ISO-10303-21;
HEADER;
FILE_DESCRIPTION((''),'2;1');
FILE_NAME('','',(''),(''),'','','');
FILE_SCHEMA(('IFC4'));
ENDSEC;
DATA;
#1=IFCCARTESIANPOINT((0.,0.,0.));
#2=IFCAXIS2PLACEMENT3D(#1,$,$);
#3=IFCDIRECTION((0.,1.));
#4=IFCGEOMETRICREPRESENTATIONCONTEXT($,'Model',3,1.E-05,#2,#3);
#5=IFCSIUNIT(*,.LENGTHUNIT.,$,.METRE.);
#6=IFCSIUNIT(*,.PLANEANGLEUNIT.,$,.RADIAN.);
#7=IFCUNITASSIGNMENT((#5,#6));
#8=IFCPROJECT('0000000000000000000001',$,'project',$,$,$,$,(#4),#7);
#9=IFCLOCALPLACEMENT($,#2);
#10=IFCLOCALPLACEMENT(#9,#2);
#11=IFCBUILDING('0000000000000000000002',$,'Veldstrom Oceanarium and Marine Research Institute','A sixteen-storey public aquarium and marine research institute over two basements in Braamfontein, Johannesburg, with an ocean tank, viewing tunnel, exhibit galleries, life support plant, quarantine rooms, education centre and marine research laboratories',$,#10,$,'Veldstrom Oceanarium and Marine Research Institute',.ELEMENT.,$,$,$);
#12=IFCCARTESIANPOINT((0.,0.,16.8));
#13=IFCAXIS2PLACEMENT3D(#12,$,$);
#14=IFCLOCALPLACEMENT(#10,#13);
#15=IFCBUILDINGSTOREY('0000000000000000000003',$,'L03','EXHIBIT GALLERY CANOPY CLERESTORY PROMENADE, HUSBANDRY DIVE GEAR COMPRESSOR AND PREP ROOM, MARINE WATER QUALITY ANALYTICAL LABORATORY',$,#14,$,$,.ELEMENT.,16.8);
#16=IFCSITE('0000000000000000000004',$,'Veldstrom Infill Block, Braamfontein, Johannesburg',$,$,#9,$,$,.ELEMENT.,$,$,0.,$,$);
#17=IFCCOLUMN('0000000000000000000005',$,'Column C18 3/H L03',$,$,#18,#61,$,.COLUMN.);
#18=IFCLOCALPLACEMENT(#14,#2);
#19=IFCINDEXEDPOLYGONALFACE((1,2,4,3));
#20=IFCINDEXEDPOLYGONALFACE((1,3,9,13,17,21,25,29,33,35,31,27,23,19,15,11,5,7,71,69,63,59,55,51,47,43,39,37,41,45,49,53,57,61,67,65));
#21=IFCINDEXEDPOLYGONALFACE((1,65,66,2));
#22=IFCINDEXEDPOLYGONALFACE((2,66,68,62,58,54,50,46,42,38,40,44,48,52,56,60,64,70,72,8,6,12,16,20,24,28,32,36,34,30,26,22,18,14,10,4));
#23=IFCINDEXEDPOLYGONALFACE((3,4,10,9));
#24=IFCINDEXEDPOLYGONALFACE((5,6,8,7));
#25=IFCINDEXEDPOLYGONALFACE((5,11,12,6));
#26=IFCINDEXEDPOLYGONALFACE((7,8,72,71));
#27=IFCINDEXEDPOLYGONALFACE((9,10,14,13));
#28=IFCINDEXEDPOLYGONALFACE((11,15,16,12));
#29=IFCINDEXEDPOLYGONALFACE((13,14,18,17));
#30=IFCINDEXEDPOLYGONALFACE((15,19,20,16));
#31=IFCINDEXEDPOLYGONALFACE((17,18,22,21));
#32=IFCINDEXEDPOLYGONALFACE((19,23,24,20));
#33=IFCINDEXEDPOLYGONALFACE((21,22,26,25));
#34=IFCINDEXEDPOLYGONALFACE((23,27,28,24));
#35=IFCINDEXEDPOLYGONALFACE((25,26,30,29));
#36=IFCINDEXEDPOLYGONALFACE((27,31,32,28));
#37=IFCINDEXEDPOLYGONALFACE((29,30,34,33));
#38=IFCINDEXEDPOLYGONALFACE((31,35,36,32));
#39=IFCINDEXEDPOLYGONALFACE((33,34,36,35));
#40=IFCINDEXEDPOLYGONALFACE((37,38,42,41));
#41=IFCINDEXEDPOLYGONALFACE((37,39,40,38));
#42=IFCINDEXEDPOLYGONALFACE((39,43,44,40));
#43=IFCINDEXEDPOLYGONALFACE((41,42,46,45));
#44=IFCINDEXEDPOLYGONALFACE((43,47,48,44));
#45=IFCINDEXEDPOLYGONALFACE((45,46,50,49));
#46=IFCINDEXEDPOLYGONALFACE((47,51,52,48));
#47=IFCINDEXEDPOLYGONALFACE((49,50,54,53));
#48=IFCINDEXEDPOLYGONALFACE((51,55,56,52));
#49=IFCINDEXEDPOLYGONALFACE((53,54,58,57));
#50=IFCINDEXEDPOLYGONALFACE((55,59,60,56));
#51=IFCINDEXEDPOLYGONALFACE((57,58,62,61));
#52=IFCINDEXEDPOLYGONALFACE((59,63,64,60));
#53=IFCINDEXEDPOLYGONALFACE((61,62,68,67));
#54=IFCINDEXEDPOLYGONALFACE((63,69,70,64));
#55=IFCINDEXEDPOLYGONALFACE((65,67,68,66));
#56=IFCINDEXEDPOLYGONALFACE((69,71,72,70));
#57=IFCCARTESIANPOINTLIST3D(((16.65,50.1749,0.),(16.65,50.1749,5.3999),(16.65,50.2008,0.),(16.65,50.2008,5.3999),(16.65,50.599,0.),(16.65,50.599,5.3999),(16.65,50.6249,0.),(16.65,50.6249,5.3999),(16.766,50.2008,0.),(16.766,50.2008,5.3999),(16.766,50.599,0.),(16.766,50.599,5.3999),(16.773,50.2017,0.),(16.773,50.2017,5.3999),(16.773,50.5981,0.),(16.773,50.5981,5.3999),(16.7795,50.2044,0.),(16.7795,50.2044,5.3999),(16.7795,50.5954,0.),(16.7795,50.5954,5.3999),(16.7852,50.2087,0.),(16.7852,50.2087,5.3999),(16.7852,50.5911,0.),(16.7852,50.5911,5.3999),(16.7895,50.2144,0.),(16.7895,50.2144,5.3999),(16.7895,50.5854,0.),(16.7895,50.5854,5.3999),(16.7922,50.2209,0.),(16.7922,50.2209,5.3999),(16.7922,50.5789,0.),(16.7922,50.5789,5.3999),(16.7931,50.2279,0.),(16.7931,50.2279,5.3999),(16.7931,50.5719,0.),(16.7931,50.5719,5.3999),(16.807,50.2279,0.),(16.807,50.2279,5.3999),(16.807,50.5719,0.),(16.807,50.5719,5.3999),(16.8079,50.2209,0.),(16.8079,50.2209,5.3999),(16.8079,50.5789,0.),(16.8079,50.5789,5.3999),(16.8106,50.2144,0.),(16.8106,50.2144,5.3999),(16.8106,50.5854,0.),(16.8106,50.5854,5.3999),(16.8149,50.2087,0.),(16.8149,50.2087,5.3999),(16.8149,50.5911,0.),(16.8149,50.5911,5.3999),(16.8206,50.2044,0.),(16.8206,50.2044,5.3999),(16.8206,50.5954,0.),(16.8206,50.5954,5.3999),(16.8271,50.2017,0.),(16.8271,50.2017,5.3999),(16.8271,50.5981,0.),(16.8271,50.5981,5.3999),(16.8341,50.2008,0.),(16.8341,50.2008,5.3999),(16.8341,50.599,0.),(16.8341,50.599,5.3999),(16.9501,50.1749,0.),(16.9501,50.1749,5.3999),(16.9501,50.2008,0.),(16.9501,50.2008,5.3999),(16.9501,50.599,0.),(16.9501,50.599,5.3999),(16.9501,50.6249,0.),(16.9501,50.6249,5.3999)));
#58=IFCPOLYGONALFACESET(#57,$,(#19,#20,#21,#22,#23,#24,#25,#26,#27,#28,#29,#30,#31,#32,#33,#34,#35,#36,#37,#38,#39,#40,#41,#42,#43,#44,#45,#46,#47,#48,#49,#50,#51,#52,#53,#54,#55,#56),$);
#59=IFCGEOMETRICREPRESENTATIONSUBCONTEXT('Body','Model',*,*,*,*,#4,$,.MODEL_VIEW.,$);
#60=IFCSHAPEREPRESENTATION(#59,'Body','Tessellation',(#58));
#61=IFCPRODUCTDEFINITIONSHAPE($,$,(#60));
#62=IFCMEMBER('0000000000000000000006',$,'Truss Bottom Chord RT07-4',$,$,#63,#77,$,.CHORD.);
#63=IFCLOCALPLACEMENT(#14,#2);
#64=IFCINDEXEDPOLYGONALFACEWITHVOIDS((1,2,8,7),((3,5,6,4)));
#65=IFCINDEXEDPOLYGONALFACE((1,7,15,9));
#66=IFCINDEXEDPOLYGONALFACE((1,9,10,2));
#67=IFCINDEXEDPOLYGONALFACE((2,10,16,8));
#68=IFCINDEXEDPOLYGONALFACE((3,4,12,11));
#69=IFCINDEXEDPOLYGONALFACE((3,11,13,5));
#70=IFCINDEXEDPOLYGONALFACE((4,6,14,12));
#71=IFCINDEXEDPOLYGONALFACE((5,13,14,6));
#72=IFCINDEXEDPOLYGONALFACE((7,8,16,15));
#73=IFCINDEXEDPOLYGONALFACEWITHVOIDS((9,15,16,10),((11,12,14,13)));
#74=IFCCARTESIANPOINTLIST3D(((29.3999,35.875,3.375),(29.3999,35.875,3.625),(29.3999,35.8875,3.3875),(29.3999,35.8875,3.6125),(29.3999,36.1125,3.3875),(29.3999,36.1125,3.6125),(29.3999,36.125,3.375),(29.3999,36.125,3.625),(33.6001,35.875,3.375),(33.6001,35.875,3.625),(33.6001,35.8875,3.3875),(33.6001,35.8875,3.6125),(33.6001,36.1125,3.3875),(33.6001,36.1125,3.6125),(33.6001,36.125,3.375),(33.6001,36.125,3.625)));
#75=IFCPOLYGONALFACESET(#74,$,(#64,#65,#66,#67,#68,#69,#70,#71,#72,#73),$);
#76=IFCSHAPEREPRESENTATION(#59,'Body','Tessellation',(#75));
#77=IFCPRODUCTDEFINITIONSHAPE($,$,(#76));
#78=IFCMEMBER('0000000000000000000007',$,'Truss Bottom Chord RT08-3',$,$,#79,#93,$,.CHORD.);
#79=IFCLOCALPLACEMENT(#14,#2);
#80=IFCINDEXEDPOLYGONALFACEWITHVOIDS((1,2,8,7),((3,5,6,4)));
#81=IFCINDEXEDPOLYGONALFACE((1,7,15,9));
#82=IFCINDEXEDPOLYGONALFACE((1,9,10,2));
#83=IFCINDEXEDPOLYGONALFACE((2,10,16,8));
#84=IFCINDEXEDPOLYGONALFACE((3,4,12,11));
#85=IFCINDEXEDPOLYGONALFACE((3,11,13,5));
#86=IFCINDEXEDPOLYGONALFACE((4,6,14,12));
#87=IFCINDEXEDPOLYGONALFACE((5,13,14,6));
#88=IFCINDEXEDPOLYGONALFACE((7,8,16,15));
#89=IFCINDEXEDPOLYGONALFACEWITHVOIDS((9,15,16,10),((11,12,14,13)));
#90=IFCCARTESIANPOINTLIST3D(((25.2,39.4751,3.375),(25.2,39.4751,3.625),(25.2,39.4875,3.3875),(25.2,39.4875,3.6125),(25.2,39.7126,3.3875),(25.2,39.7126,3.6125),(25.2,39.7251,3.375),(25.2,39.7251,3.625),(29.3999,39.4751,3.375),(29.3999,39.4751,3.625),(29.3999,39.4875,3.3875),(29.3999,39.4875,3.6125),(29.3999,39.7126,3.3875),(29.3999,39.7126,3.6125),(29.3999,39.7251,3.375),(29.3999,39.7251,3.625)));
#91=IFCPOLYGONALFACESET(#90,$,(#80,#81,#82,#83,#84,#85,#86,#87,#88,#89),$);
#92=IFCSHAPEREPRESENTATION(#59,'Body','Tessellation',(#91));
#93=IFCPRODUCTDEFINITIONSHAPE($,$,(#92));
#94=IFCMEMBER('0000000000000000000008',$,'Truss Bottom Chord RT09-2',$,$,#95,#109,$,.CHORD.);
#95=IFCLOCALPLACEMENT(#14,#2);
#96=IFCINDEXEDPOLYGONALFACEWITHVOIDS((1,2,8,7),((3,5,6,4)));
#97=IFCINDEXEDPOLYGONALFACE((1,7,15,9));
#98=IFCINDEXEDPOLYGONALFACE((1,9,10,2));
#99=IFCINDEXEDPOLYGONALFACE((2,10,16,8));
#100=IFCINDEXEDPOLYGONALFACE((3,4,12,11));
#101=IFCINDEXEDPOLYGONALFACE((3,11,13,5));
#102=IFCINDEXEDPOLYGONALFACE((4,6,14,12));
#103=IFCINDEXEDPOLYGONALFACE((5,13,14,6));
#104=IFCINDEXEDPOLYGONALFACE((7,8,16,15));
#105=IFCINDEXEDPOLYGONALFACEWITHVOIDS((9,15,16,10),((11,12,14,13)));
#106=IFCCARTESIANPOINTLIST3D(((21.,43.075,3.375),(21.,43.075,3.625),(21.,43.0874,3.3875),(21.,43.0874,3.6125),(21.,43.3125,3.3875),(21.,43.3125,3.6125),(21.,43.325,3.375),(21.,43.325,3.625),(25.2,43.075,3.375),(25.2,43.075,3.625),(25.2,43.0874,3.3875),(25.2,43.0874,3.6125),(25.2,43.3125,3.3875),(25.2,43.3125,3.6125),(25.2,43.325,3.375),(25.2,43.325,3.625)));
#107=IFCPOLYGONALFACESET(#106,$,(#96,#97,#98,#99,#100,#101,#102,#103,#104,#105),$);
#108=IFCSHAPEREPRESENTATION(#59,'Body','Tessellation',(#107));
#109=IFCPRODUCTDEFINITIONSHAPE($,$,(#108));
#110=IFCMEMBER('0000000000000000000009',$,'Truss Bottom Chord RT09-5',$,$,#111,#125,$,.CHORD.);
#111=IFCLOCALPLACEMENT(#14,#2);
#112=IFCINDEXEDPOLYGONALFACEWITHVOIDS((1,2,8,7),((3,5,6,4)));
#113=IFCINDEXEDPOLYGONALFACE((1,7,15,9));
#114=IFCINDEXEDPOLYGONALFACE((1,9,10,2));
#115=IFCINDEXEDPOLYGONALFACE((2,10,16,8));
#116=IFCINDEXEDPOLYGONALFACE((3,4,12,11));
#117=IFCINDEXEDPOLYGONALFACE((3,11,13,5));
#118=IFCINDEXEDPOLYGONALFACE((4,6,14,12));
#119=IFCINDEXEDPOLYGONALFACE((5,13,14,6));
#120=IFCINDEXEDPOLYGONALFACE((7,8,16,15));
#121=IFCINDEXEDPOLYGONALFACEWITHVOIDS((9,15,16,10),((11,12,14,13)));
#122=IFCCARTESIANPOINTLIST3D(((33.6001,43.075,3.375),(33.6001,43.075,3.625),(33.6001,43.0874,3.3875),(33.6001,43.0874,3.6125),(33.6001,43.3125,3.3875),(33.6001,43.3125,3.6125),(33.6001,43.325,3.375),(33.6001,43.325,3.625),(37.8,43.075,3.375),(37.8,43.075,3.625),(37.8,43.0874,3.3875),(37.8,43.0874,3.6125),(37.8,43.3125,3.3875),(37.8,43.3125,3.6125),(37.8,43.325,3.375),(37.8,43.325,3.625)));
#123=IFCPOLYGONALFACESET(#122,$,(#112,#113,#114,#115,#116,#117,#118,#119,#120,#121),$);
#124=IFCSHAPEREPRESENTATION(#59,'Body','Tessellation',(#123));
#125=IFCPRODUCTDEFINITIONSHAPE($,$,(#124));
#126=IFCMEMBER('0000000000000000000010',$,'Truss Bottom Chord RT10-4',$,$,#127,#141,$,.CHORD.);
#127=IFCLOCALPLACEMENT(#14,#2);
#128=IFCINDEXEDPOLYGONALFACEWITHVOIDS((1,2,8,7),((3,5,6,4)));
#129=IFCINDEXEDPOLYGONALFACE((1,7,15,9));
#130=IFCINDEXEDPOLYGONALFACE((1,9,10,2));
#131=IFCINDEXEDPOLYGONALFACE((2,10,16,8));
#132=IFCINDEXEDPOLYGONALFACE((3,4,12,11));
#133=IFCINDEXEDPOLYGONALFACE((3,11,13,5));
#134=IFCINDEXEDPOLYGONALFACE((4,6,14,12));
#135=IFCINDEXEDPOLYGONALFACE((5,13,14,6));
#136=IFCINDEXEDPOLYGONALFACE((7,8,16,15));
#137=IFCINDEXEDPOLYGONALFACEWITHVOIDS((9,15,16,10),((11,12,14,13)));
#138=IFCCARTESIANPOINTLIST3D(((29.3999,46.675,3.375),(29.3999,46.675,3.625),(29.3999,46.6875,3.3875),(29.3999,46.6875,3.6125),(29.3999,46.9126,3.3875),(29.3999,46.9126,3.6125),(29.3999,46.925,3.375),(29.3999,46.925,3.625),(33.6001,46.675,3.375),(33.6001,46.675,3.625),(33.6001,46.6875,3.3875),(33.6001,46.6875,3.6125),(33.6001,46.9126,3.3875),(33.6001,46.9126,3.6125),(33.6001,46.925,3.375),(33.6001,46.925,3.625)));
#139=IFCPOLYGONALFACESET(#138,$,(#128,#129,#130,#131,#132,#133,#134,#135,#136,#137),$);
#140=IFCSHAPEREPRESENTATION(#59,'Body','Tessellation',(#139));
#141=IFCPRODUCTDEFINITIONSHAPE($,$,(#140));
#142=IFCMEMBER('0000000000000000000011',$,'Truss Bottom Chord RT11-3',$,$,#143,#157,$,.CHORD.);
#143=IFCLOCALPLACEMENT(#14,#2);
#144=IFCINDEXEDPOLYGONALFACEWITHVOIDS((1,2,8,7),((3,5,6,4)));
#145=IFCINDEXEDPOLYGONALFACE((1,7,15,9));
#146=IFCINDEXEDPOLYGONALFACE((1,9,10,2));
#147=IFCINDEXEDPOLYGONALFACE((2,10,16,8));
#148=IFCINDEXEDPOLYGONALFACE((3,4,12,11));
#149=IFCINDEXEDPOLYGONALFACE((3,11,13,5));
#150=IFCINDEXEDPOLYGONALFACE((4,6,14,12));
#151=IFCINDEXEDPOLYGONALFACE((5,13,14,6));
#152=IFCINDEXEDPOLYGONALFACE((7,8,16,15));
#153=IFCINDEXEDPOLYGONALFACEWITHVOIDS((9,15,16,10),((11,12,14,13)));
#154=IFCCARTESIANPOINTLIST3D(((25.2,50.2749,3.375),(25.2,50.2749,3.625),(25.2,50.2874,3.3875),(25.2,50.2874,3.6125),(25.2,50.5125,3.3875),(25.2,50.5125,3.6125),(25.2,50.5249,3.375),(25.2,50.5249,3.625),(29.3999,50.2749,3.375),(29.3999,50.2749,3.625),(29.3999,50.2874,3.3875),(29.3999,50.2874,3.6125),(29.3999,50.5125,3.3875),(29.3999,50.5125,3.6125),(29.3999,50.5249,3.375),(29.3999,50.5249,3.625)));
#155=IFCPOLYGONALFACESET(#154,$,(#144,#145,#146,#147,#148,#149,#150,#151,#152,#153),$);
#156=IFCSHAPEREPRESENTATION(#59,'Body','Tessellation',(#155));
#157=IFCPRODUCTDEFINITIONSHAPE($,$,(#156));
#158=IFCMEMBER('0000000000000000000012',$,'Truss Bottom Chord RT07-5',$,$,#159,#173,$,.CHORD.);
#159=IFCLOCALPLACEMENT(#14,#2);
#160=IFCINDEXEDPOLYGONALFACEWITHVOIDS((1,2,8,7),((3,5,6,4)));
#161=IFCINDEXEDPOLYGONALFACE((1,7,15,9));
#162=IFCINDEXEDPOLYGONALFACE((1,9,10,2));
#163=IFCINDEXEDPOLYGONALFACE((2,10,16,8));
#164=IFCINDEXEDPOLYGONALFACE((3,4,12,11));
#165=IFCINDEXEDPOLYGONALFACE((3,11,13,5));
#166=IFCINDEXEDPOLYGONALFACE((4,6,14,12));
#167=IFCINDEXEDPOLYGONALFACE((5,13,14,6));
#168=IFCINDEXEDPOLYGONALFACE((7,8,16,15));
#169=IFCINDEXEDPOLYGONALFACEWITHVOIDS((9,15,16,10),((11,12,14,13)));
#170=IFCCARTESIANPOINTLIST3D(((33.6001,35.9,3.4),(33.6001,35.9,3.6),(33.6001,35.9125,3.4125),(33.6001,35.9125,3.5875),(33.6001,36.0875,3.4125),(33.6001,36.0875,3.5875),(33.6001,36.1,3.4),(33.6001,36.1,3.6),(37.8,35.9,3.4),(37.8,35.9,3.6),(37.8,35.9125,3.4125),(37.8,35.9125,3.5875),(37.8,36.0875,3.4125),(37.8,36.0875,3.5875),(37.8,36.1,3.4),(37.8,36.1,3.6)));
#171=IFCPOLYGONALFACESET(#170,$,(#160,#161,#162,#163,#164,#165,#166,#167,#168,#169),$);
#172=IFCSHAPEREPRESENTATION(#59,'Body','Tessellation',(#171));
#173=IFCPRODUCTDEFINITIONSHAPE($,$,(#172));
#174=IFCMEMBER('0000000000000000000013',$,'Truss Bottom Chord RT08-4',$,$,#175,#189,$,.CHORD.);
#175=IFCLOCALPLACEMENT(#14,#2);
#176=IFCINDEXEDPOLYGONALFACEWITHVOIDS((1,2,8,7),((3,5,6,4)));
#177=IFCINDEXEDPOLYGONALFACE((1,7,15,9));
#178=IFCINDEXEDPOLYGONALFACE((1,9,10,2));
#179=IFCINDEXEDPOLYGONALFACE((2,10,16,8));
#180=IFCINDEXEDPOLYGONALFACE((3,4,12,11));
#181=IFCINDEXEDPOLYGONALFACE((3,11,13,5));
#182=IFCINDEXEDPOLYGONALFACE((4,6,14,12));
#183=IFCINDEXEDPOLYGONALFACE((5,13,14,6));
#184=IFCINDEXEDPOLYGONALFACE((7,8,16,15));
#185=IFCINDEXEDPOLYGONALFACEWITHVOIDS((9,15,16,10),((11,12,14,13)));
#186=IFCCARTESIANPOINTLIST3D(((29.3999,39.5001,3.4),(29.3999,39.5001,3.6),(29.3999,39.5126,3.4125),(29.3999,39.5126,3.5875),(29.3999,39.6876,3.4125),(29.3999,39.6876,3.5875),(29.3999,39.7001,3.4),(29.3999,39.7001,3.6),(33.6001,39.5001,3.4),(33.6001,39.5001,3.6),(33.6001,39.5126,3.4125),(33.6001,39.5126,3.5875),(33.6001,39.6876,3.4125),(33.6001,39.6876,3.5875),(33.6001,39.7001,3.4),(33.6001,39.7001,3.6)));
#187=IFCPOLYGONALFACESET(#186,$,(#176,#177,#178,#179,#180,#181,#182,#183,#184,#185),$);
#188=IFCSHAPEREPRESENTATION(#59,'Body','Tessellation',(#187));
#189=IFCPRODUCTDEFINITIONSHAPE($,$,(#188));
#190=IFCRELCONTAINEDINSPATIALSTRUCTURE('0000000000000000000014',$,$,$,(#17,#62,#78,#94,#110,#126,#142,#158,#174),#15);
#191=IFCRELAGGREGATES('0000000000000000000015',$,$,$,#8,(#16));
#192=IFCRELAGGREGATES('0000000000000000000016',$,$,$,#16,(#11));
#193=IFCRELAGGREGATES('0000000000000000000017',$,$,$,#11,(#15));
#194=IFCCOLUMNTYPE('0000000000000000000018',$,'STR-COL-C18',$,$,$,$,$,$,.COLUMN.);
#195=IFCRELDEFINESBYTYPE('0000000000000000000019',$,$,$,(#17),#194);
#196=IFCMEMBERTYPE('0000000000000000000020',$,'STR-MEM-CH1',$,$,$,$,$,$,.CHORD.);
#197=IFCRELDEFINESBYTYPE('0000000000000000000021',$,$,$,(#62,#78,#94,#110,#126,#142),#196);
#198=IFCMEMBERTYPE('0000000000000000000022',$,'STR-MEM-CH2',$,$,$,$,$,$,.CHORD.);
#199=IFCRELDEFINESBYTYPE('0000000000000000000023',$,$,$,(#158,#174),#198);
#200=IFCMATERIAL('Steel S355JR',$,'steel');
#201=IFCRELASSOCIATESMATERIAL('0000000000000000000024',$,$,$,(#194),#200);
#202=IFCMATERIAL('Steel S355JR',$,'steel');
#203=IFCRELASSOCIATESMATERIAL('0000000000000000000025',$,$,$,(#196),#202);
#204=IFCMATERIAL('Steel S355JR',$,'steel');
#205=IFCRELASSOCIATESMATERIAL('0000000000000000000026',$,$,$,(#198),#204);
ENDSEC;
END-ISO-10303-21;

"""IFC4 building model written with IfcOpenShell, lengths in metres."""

from ifc_helpers import new_model, si_unit, direction, frame, origin, origin_2d, place, context, subcontext, project, spatial, hollow_rectangle, i_section, extrude, material, material_profile, profile_set, type_object, element, save


model = new_model("IFC4")

# Units and contexts
model_context = context("Model", 3, precision=1e-05, world=origin(), true_north=direction((0.0, 1.0)))
body_context = subcontext(model_context, "Body", "Model", "MODEL_VIEW")
ifc_project = project(units=[si_unit("LENGTHUNIT", "METRE"), si_unit("PLANEANGLEUNIT", "RADIAN")], contexts=[model_context])

# Site, building, storey
site_placement = place(None, origin())
site = spatial("IfcSite", under=ifc_project, at=site_placement, Name="Veldstrom Infill Block, Braamfontein, Johannesburg", CompositionType="ELEMENT", RefElevation=0.0)
building_placement = place(site_placement, origin())
building = spatial("IfcBuilding", under=site, at=building_placement, Name="Veldstrom Oceanarium and Marine Research Institute", Description="A sixteen-storey public aquarium and marine research institute over two basements in Braamfontein, Johannesburg, with an ocean tank, viewing tunnel, exhibit galleries, life support plant, quarantine rooms, education centre and marine research laboratories", LongName="Veldstrom Oceanarium and Marine Research Institute", CompositionType="ELEMENT")
storey_placement = place(building_placement, frame((0.0, 0.0, 16.8)))
storey = spatial("IfcBuildingStorey", under=building, at=storey_placement, Name="L03", Description="EXHIBIT GALLERY CANOPY CLERESTORY PROMENADE, HUSBANDRY DIVE GEAR COMPRESSOR AND PREP ROOM, MARINE WATER QUALITY ANALYTICAL LABORATORY", CompositionType="ELEMENT", Elevation=16.8)

# Column
ifc_material_1 = material(Name="Steel S355JR", Category="steel")
ifc_material_profile_1 = material_profile(ifc_material_1, i_section(OverallWidth=0.3, OverallDepth=0.45, WebThickness=0.0139, FlangeThickness=0.0259, FilletRadius=0.0271, at=origin_2d()), Name="HEB 450")
ifc_profile_set_1 = profile_set([ifc_material_profile_1], Name="Steel S355JR")
column_type = type_object("IfcColumnType", Name="STR-COL-C18", PredefinedType="COLUMN", material=ifc_profile_set_1)
column_placement = place(storey_placement, frame((16.8, 50.3999, 0.0), z_axis=(0.0, 0.0, 1.0), x_axis=(1.0, 0.0, 0.0)))
element("IfcColumn", 1, at=column_placement, inside=storey, type_object=column_type, Name="Column C18 3/H L03", PredefinedType="COLUMN", context=body_context, shape_type="SweptSolid", body=[
    extrude(i_section(OverallWidth=0.3, OverallDepth=0.45, WebThickness=0.0139, FlangeThickness=0.0259, FilletRadius=0.0271, at=origin_2d()), origin(), (0.0, 0.0, 1.0), 5.3999),
])

# Members
ifc_material_2 = material(Name="Steel S355JR", Category="steel")
ifc_material_profile_2 = material_profile(ifc_material_2, hollow_rectangle(XDim=0.25, YDim=0.25, WallThickness=0.0125, at=origin_2d()), Name="SHS 250x250x12.5")
ifc_profile_set_2 = profile_set([ifc_material_profile_2], Name="Steel S355JR")
member_type_1 = type_object("IfcMemberType", Name="STR-MEM-CH1", PredefinedType="CHORD", material=ifc_profile_set_2)
member_1_placement = place(storey_placement, frame((29.3999, 36.0, 3.5), z_axis=(1.0, 0.0, 0.0), x_axis=(0.0, 1.0, 0.0)))
element("IfcMember", 2, at=member_1_placement, inside=storey, type_object=member_type_1, Name="Truss Bottom Chord RT07-4", PredefinedType="CHORD", context=body_context, shape_type="SweptSolid", body=[
    extrude(hollow_rectangle(XDim=0.25, YDim=0.25, WallThickness=0.0125, at=origin_2d()), origin(), (0.0, 0.0, 1.0), 4.2002),
])
for number, where, z_axis, x_axis, name in (
    (3, (25.2, 39.6001, 3.5), (1.0, 0.0, 0.0), (0.0, 1.0, 0.0), "Truss Bottom Chord RT08-3"),
    (4, (21.0, 43.2, 3.5), (1.0, 0.0, 0.0), (0.0, 1.0, 0.0), "Truss Bottom Chord RT09-2"),
    (5, (33.6001, 43.2, 3.5), (1.0, 0.0, 0.0), (0.0, 1.0, 0.0), "Truss Bottom Chord RT09-5"),
):
    element("IfcMember", number, at=place(storey_placement, frame(where, z_axis=z_axis, x_axis=x_axis)), inside=storey, type_object=member_type_1, Name=name, PredefinedType="CHORD", context=body_context, shape_type="SweptSolid", body=[
        extrude(hollow_rectangle(XDim=0.25, YDim=0.25, WallThickness=0.0125, at=origin_2d()), origin(), (0.0, 0.0, 1.0), 4.2),
    ])
member_2_placement = place(storey_placement, frame((29.3999, 46.8, 3.5), z_axis=(1.0, 0.0, 0.0), x_axis=(0.0, 1.0, 0.0)))
element("IfcMember", 6, at=member_2_placement, inside=storey, type_object=member_type_1, Name="Truss Bottom Chord RT10-4", PredefinedType="CHORD", context=body_context, shape_type="SweptSolid", body=[
    extrude(hollow_rectangle(XDim=0.25, YDim=0.25, WallThickness=0.0125, at=origin_2d()), origin(), (0.0, 0.0, 1.0), 4.2002),
])
member_3_placement = place(storey_placement, frame((25.2, 50.3999, 3.5), z_axis=(1.0, 0.0, 0.0), x_axis=(0.0, 1.0, 0.0)))
element("IfcMember", 7, at=member_3_placement, inside=storey, type_object=member_type_1, Name="Truss Bottom Chord RT11-3", PredefinedType="CHORD", context=body_context, shape_type="SweptSolid", body=[
    extrude(hollow_rectangle(XDim=0.25, YDim=0.25, WallThickness=0.0125, at=origin_2d()), origin(), (0.0, 0.0, 1.0), 4.2),
])
ifc_material_3 = material(Name="Steel S355JR", Category="steel")
ifc_material_profile_3 = material_profile(ifc_material_3, hollow_rectangle(XDim=0.2, YDim=0.2, WallThickness=0.0125, at=origin_2d()), Name="SHS 200x200x12.5")
ifc_profile_set_3 = profile_set([ifc_material_profile_3], Name="Steel S355JR")
member_type_2 = type_object("IfcMemberType", Name="STR-MEM-CH2", PredefinedType="CHORD", material=ifc_profile_set_3)
member_4_placement = place(storey_placement, frame((33.6001, 36.0, 3.5), z_axis=(1.0, 0.0, 0.0), x_axis=(0.0, 1.0, 0.0)))
element("IfcMember", 8, at=member_4_placement, inside=storey, type_object=member_type_2, Name="Truss Bottom Chord RT07-5", PredefinedType="CHORD", context=body_context, shape_type="SweptSolid", body=[
    extrude(hollow_rectangle(XDim=0.2, YDim=0.2, WallThickness=0.0125, at=origin_2d()), origin(), (0.0, 0.0, 1.0), 4.2),
])
member_5_placement = place(storey_placement, frame((29.3999, 39.6001, 3.5), z_axis=(1.0, 0.0, 0.0), x_axis=(0.0, 1.0, 0.0)))
element("IfcMember", 9, at=member_5_placement, inside=storey, type_object=member_type_2, Name="Truss Bottom Chord RT08-4", PredefinedType="CHORD", context=body_context, shape_type="SweptSolid", body=[
    extrude(hollow_rectangle(XDim=0.2, YDim=0.2, WallThickness=0.0125, at=origin_2d()), origin(), (0.0, 0.0, 1.0), 4.2002),
])

save(model, "model.ifc")
